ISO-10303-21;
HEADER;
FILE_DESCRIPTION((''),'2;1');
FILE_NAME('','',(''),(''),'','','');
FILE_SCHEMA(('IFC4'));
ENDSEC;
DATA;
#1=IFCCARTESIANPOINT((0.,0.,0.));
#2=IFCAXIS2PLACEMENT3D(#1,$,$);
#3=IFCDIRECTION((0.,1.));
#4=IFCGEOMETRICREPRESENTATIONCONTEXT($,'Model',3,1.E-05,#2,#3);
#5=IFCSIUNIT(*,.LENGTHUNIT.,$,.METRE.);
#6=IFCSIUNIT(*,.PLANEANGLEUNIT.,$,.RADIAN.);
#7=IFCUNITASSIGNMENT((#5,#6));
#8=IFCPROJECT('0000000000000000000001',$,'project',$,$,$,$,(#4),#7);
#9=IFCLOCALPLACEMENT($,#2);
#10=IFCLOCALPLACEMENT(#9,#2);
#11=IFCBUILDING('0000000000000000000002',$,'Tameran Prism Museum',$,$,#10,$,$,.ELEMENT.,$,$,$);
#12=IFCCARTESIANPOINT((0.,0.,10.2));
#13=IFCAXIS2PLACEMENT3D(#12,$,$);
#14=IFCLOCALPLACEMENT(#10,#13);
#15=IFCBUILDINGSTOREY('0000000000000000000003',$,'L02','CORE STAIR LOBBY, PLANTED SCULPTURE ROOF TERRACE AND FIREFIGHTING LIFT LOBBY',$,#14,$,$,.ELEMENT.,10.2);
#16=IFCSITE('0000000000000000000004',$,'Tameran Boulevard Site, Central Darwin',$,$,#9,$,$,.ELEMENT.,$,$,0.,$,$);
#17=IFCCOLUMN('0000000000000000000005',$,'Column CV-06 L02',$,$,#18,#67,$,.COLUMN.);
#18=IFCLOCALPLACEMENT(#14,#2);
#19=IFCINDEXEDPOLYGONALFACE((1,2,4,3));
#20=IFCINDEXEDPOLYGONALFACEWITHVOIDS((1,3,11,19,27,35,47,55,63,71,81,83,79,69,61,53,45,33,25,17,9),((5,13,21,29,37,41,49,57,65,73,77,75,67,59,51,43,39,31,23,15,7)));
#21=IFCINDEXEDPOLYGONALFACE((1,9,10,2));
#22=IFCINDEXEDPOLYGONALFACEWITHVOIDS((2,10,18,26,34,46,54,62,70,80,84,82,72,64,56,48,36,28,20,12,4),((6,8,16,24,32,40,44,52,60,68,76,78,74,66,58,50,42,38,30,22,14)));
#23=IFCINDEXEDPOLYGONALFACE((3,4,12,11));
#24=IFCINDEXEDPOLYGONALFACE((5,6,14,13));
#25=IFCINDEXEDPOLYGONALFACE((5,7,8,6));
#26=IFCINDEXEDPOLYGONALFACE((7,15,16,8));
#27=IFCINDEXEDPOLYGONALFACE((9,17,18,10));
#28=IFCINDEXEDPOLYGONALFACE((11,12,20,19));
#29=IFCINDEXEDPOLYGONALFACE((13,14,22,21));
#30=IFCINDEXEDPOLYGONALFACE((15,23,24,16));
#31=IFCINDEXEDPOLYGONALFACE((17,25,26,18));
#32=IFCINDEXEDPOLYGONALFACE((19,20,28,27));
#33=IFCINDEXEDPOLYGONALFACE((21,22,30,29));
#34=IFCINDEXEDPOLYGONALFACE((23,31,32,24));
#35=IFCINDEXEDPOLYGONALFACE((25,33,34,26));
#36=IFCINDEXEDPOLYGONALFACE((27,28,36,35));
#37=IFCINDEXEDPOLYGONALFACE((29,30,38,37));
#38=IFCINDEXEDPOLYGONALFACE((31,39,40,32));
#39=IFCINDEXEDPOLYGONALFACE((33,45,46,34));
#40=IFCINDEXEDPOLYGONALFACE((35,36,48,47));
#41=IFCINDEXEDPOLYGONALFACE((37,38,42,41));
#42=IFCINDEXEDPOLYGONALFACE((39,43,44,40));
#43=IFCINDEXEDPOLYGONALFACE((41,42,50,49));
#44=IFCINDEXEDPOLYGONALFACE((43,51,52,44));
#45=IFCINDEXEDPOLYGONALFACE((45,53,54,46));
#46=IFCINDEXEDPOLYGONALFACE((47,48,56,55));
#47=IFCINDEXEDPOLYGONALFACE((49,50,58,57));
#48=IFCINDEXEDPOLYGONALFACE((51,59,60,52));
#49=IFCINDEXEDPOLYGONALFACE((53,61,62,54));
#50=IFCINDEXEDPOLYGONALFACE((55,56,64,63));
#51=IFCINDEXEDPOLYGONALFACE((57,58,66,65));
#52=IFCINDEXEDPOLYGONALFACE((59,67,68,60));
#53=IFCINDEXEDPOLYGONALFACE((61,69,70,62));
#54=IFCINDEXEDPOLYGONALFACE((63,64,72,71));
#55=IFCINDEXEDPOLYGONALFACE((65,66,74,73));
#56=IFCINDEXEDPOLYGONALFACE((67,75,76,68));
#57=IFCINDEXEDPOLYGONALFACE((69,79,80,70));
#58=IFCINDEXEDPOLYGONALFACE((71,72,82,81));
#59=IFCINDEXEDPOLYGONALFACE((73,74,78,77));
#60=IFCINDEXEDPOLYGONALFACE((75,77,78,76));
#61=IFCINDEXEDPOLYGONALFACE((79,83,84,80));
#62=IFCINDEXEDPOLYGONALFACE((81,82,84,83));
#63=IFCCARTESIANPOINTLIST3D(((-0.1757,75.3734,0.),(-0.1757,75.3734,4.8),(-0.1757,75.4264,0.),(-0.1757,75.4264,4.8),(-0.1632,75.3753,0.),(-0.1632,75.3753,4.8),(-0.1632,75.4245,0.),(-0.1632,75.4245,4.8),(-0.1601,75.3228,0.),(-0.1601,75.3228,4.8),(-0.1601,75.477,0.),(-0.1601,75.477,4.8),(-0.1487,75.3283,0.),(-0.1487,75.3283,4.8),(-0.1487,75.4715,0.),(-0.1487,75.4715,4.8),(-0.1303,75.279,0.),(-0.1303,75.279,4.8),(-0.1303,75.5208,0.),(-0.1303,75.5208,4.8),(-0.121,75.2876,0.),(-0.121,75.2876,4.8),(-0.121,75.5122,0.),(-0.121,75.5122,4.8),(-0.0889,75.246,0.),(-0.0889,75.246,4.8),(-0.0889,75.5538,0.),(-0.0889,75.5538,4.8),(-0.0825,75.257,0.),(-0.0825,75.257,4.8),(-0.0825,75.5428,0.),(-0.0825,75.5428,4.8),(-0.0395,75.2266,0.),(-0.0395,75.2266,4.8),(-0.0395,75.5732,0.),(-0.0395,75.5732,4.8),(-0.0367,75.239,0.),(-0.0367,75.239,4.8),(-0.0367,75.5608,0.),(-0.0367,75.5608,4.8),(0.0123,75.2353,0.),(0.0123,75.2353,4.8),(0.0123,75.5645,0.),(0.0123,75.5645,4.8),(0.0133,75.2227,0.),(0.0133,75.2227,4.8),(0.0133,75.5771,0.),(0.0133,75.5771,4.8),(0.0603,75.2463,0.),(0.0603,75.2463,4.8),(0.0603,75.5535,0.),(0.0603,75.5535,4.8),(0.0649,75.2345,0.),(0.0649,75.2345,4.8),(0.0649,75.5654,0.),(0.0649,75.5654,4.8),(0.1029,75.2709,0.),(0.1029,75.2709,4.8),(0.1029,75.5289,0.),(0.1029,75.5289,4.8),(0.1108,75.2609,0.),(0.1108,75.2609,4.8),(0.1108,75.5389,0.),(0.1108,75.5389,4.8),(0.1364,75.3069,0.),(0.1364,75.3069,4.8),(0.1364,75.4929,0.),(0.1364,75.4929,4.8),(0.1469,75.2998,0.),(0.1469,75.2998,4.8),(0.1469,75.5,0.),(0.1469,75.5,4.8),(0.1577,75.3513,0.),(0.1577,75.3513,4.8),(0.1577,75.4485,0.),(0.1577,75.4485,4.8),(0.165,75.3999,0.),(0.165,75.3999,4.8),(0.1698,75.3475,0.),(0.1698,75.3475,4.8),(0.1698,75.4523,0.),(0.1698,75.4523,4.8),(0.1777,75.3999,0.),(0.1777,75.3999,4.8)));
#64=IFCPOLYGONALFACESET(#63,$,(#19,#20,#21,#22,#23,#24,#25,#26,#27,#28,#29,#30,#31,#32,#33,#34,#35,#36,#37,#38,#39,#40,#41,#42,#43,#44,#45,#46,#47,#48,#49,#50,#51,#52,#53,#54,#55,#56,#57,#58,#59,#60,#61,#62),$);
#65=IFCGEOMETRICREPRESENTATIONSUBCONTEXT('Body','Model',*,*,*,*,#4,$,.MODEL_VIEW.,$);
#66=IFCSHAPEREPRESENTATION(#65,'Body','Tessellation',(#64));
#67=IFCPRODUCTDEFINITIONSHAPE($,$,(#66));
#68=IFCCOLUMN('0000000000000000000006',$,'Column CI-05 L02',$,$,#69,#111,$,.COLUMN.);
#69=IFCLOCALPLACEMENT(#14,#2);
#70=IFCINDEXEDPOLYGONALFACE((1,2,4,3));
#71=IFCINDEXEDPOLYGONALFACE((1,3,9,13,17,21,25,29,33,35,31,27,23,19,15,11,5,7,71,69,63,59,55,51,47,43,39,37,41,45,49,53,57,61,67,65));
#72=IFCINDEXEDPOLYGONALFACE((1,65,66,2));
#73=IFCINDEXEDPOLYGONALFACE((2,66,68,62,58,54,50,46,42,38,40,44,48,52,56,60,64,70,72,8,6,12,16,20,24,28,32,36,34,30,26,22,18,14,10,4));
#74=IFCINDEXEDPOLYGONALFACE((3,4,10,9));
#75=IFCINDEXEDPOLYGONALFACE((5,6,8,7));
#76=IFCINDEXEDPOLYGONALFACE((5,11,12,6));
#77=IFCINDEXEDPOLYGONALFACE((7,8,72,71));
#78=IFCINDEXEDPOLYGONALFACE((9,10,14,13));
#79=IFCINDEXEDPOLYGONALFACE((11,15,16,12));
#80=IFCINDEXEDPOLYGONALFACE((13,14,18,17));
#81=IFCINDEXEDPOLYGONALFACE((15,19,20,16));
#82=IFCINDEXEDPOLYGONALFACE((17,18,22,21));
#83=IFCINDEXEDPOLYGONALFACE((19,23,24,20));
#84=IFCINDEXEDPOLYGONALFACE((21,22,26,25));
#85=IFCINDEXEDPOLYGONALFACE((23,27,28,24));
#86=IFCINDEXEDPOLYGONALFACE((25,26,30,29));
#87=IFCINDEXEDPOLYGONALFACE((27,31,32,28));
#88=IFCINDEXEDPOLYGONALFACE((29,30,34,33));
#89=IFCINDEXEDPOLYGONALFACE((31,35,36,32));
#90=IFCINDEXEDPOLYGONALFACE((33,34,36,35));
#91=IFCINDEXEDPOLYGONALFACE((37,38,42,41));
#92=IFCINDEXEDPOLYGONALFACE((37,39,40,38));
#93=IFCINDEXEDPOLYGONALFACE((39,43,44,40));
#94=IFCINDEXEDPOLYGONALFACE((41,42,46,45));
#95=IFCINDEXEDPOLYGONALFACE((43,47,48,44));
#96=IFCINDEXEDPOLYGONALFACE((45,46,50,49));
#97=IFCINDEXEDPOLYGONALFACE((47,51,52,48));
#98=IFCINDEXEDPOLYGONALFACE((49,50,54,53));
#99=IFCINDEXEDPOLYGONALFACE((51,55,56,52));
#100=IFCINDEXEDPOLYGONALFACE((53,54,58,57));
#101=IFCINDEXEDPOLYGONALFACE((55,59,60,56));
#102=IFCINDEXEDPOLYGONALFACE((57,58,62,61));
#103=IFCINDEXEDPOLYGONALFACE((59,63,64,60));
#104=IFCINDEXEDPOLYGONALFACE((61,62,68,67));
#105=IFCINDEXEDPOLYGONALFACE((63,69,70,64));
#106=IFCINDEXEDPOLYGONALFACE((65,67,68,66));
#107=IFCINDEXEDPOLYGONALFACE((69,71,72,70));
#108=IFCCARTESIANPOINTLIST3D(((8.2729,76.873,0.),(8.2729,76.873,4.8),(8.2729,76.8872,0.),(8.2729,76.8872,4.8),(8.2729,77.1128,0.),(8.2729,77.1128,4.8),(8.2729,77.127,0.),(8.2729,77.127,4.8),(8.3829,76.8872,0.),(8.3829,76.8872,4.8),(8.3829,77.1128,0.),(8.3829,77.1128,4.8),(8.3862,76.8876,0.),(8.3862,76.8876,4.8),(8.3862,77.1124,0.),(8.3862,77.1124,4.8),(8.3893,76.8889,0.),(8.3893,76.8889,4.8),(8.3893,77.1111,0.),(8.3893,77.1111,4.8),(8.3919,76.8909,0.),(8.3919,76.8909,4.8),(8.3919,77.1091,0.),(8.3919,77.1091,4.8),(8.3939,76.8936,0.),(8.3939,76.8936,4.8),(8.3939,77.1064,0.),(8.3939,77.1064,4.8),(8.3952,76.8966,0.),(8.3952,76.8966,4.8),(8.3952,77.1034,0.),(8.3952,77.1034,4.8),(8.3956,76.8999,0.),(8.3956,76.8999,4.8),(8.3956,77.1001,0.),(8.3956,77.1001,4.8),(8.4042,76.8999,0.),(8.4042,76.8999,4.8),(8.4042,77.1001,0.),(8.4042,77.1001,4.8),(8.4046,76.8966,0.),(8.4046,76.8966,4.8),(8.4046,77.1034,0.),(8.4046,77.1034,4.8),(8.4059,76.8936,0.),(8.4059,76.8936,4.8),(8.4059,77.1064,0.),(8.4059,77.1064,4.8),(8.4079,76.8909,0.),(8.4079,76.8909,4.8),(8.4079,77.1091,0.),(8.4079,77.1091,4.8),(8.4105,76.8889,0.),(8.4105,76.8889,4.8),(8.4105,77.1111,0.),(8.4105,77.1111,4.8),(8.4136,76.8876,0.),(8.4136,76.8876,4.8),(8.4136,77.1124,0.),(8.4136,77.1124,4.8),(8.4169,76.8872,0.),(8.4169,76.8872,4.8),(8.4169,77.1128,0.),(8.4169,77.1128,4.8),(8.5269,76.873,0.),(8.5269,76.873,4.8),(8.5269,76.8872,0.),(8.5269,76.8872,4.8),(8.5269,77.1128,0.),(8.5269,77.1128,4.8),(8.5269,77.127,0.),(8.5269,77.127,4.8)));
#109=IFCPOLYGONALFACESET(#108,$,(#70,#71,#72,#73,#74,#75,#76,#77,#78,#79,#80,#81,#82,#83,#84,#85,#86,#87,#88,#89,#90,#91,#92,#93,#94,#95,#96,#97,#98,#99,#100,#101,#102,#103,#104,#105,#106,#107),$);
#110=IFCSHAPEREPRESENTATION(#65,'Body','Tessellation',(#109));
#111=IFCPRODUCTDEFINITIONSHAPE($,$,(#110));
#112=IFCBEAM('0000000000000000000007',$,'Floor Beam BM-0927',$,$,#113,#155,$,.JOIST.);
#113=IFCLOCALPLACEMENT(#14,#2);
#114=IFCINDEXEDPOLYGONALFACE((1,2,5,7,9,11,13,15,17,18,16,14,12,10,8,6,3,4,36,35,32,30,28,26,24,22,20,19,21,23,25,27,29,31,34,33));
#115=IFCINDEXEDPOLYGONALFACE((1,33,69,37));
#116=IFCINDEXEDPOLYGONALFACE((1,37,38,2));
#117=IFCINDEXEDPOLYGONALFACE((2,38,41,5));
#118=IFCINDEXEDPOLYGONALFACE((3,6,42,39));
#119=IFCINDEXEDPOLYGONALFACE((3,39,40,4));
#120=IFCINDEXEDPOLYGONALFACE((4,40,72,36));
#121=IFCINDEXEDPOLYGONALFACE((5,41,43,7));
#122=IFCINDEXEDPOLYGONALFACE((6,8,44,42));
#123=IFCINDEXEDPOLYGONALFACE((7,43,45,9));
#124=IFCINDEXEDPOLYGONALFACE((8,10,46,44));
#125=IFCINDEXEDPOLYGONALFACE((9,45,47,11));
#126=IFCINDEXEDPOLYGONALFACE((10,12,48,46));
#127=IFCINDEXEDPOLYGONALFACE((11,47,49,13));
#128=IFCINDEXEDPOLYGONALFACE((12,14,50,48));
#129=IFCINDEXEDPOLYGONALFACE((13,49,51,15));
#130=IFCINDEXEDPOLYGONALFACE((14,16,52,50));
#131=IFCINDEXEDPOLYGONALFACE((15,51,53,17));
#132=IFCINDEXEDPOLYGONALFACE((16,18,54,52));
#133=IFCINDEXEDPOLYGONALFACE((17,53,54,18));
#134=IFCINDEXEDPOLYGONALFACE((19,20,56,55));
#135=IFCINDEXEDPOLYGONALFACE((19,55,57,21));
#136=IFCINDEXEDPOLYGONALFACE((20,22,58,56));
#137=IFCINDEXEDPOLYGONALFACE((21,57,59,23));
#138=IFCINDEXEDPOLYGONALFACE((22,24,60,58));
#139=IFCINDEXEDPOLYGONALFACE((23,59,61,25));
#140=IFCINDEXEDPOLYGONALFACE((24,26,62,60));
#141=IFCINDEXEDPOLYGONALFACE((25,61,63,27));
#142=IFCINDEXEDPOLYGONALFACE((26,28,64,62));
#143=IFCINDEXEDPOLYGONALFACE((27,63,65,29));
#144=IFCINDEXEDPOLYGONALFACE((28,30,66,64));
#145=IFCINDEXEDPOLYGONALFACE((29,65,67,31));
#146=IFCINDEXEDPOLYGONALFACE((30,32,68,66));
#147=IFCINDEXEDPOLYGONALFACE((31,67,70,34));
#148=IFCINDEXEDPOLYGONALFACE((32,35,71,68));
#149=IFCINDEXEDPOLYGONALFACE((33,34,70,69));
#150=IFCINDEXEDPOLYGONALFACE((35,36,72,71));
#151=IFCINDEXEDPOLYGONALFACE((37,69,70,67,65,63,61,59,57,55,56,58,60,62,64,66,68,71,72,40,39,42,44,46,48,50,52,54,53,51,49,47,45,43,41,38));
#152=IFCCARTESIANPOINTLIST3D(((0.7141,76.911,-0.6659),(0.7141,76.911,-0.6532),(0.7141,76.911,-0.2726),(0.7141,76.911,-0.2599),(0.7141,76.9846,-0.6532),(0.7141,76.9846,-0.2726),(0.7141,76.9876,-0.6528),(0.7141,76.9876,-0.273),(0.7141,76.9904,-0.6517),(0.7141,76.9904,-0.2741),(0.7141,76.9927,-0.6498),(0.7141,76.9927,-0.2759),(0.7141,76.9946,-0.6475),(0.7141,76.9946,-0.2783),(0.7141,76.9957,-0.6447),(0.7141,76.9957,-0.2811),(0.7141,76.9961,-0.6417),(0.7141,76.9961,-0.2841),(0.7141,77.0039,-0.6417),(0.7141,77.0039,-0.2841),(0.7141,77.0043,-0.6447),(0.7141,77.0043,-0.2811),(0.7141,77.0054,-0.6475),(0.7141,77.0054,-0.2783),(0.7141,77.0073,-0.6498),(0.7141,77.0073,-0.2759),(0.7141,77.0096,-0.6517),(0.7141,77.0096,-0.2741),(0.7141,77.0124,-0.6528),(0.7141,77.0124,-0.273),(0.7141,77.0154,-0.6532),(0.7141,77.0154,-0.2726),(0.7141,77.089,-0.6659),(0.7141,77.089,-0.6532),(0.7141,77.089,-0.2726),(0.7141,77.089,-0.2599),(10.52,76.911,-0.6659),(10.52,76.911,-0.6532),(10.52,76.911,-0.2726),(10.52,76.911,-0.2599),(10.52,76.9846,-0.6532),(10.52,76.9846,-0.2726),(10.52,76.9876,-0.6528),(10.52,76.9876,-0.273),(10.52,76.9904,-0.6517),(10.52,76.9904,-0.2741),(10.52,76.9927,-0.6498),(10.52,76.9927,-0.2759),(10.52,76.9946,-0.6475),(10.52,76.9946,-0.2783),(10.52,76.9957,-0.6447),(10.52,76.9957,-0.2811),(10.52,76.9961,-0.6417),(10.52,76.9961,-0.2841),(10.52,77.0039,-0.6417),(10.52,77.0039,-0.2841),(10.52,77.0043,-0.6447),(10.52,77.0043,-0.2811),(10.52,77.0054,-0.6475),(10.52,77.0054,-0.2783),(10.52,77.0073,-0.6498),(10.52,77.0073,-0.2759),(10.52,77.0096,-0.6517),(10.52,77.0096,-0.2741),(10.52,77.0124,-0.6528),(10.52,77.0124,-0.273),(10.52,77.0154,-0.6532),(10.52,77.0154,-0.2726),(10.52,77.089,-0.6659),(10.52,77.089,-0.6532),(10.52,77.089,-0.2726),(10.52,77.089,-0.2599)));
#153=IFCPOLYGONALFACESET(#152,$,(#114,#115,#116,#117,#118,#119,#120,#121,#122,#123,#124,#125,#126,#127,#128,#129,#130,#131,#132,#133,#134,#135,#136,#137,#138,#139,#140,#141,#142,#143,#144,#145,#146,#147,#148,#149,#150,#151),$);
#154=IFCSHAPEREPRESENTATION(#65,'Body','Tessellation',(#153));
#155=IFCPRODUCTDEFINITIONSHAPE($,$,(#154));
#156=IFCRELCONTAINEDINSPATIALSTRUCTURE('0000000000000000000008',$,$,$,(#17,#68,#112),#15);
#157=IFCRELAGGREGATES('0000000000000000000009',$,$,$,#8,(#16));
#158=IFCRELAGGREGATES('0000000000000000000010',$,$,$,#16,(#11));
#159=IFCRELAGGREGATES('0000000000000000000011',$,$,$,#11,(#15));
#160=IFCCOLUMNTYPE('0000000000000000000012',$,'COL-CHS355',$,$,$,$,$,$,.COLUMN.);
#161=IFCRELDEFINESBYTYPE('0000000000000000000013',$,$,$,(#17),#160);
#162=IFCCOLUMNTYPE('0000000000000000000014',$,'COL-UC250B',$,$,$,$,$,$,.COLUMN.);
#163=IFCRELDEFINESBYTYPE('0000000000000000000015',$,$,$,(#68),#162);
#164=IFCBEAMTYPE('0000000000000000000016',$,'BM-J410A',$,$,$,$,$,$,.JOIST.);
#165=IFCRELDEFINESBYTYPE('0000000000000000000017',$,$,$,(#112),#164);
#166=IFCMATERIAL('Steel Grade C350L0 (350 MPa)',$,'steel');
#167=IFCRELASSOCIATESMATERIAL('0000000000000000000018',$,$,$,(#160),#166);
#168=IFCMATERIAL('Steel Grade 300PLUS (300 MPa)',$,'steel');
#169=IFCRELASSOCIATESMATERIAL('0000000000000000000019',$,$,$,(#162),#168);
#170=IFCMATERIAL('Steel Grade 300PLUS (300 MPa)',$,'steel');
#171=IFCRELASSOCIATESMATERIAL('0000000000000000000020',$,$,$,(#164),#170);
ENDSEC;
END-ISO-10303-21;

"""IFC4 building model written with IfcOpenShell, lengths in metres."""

from ifc_helpers import new_model, si_unit, direction, frame, origin, origin_2d, place, context, subcontext, project, spatial, hollow_circle, i_section, extrude, material, material_profile, profile_set, type_object, element, save


model = new_model("IFC4")

# Units and contexts
model_context = context("Model", 3, precision=1e-05, world=origin(), true_north=direction((0.0, 1.0)))
body_context = subcontext(model_context, "Body", "Model", "MODEL_VIEW")
ifc_project = project(units=[si_unit("LENGTHUNIT", "METRE"), si_unit("PLANEANGLEUNIT", "RADIAN")], contexts=[model_context])

# Site, building, storey
site_placement = place(None, origin())
site = spatial("IfcSite", under=ifc_project, at=site_placement, Name="Tameran Boulevard Site, Central Darwin", CompositionType="ELEMENT", RefElevation=0.0)
building_placement = place(site_placement, origin())
building = spatial("IfcBuilding", under=site, at=building_placement, Name="Tameran Prism Museum", CompositionType="ELEMENT")
storey_placement = place(building_placement, frame((0.0, 0.0, 10.2)))
storey = spatial("IfcBuildingStorey", under=building, at=storey_placement, Name="L02", Description="CORE STAIR LOBBY, PLANTED SCULPTURE ROOF TERRACE AND FIREFIGHTING LIFT LOBBY", CompositionType="ELEMENT", Elevation=10.2)

# Columns
ifc_material_1 = material(Name="Steel Grade C350L0 (350 MPa)", Category="steel")
ifc_material_profile_1 = material_profile(ifc_material_1, hollow_circle(Radius=0.1777, WallThickness=0.0127, at=origin_2d()))
ifc_profile_set_1 = profile_set([ifc_material_profile_1])
column_type_1 = type_object("IfcColumnType", Name="COL-CHS355", PredefinedType="COLUMN", material=ifc_profile_set_1)
column_1_placement = place(storey_placement, frame((0.0, 75.3999, 0.0), z_axis=(0.0, 0.0, 1.0), x_axis=(1.0, 0.0, 0.0)))
element("IfcColumn", 1, at=column_1_placement, inside=storey, type_object=column_type_1, Name="Column CV-06 L02", PredefinedType="COLUMN", context=body_context, shape_type="SweptSolid", body=[
    extrude(hollow_circle(Radius=0.1777, WallThickness=0.0127, at=origin_2d()), origin(), (0.0, 0.0, 1.0), 4.8),
])
ifc_material_2 = material(Name="Steel Grade 300PLUS (300 MPa)", Category="steel")
ifc_material_profile_2 = material_profile(ifc_material_2, i_section(OverallWidth=0.2539, OverallDepth=0.2539, WebThickness=0.0085, FlangeThickness=0.0142, FilletRadius=0.0127, at=origin_2d()))
ifc_profile_set_2 = profile_set([ifc_material_profile_2])
column_type_2 = type_object("IfcColumnType", Name="COL-UC250B", PredefinedType="COLUMN", material=ifc_profile_set_2)
column_2_placement = place(storey_placement, frame((8.3999, 77.0, 0.0), z_axis=(0.0, 0.0, 1.0), x_axis=(1.0, 0.0, 0.0)))
element("IfcColumn", 2, at=column_2_placement, inside=storey, type_object=column_type_2, Name="Column CI-05 L02", PredefinedType="COLUMN", context=body_context, shape_type="SweptSolid", body=[
    extrude(i_section(OverallWidth=0.2539, OverallDepth=0.2539, WebThickness=0.0085, FlangeThickness=0.0142, FilletRadius=0.0127, at=origin_2d()), origin(), (0.0, 0.0, 1.0), 4.8),
])

# Beam
ifc_material_3 = material(Name="Steel Grade 300PLUS (300 MPa)", Category="steel")
ifc_material_profile_3 = material_profile(ifc_material_3, i_section(OverallWidth=0.178, OverallDepth=0.406, WebThickness=0.0078, FlangeThickness=0.0127, FilletRadius=0.0115, at=origin_2d()))
ifc_profile_set_3 = profile_set([ifc_material_profile_3])
beam_type_1 = type_object("IfcBeamType", Name="BM-J410A", PredefinedType="JOIST", material=ifc_profile_set_3)
beam_1_placement = place(storey_placement, frame((0.7141, 77.0, -0.4629), z_axis=(1.0, 0.0, 0.0), x_axis=(0.0, 1.0, 0.0)))
element("IfcBeam", 3, at=beam_1_placement, inside=storey, type_object=beam_type_1, Name="Floor Beam BM-0927", PredefinedType="JOIST", context=body_context, shape_type="SweptSolid", body=[
    extrude(i_section(OverallWidth=0.178, OverallDepth=0.406, WebThickness=0.0078, FlangeThickness=0.0127, FilletRadius=0.0115, at=origin_2d()), origin(), (0.0, 0.0, 1.0), 9.8059),
])

save(model, "model.ifc")
